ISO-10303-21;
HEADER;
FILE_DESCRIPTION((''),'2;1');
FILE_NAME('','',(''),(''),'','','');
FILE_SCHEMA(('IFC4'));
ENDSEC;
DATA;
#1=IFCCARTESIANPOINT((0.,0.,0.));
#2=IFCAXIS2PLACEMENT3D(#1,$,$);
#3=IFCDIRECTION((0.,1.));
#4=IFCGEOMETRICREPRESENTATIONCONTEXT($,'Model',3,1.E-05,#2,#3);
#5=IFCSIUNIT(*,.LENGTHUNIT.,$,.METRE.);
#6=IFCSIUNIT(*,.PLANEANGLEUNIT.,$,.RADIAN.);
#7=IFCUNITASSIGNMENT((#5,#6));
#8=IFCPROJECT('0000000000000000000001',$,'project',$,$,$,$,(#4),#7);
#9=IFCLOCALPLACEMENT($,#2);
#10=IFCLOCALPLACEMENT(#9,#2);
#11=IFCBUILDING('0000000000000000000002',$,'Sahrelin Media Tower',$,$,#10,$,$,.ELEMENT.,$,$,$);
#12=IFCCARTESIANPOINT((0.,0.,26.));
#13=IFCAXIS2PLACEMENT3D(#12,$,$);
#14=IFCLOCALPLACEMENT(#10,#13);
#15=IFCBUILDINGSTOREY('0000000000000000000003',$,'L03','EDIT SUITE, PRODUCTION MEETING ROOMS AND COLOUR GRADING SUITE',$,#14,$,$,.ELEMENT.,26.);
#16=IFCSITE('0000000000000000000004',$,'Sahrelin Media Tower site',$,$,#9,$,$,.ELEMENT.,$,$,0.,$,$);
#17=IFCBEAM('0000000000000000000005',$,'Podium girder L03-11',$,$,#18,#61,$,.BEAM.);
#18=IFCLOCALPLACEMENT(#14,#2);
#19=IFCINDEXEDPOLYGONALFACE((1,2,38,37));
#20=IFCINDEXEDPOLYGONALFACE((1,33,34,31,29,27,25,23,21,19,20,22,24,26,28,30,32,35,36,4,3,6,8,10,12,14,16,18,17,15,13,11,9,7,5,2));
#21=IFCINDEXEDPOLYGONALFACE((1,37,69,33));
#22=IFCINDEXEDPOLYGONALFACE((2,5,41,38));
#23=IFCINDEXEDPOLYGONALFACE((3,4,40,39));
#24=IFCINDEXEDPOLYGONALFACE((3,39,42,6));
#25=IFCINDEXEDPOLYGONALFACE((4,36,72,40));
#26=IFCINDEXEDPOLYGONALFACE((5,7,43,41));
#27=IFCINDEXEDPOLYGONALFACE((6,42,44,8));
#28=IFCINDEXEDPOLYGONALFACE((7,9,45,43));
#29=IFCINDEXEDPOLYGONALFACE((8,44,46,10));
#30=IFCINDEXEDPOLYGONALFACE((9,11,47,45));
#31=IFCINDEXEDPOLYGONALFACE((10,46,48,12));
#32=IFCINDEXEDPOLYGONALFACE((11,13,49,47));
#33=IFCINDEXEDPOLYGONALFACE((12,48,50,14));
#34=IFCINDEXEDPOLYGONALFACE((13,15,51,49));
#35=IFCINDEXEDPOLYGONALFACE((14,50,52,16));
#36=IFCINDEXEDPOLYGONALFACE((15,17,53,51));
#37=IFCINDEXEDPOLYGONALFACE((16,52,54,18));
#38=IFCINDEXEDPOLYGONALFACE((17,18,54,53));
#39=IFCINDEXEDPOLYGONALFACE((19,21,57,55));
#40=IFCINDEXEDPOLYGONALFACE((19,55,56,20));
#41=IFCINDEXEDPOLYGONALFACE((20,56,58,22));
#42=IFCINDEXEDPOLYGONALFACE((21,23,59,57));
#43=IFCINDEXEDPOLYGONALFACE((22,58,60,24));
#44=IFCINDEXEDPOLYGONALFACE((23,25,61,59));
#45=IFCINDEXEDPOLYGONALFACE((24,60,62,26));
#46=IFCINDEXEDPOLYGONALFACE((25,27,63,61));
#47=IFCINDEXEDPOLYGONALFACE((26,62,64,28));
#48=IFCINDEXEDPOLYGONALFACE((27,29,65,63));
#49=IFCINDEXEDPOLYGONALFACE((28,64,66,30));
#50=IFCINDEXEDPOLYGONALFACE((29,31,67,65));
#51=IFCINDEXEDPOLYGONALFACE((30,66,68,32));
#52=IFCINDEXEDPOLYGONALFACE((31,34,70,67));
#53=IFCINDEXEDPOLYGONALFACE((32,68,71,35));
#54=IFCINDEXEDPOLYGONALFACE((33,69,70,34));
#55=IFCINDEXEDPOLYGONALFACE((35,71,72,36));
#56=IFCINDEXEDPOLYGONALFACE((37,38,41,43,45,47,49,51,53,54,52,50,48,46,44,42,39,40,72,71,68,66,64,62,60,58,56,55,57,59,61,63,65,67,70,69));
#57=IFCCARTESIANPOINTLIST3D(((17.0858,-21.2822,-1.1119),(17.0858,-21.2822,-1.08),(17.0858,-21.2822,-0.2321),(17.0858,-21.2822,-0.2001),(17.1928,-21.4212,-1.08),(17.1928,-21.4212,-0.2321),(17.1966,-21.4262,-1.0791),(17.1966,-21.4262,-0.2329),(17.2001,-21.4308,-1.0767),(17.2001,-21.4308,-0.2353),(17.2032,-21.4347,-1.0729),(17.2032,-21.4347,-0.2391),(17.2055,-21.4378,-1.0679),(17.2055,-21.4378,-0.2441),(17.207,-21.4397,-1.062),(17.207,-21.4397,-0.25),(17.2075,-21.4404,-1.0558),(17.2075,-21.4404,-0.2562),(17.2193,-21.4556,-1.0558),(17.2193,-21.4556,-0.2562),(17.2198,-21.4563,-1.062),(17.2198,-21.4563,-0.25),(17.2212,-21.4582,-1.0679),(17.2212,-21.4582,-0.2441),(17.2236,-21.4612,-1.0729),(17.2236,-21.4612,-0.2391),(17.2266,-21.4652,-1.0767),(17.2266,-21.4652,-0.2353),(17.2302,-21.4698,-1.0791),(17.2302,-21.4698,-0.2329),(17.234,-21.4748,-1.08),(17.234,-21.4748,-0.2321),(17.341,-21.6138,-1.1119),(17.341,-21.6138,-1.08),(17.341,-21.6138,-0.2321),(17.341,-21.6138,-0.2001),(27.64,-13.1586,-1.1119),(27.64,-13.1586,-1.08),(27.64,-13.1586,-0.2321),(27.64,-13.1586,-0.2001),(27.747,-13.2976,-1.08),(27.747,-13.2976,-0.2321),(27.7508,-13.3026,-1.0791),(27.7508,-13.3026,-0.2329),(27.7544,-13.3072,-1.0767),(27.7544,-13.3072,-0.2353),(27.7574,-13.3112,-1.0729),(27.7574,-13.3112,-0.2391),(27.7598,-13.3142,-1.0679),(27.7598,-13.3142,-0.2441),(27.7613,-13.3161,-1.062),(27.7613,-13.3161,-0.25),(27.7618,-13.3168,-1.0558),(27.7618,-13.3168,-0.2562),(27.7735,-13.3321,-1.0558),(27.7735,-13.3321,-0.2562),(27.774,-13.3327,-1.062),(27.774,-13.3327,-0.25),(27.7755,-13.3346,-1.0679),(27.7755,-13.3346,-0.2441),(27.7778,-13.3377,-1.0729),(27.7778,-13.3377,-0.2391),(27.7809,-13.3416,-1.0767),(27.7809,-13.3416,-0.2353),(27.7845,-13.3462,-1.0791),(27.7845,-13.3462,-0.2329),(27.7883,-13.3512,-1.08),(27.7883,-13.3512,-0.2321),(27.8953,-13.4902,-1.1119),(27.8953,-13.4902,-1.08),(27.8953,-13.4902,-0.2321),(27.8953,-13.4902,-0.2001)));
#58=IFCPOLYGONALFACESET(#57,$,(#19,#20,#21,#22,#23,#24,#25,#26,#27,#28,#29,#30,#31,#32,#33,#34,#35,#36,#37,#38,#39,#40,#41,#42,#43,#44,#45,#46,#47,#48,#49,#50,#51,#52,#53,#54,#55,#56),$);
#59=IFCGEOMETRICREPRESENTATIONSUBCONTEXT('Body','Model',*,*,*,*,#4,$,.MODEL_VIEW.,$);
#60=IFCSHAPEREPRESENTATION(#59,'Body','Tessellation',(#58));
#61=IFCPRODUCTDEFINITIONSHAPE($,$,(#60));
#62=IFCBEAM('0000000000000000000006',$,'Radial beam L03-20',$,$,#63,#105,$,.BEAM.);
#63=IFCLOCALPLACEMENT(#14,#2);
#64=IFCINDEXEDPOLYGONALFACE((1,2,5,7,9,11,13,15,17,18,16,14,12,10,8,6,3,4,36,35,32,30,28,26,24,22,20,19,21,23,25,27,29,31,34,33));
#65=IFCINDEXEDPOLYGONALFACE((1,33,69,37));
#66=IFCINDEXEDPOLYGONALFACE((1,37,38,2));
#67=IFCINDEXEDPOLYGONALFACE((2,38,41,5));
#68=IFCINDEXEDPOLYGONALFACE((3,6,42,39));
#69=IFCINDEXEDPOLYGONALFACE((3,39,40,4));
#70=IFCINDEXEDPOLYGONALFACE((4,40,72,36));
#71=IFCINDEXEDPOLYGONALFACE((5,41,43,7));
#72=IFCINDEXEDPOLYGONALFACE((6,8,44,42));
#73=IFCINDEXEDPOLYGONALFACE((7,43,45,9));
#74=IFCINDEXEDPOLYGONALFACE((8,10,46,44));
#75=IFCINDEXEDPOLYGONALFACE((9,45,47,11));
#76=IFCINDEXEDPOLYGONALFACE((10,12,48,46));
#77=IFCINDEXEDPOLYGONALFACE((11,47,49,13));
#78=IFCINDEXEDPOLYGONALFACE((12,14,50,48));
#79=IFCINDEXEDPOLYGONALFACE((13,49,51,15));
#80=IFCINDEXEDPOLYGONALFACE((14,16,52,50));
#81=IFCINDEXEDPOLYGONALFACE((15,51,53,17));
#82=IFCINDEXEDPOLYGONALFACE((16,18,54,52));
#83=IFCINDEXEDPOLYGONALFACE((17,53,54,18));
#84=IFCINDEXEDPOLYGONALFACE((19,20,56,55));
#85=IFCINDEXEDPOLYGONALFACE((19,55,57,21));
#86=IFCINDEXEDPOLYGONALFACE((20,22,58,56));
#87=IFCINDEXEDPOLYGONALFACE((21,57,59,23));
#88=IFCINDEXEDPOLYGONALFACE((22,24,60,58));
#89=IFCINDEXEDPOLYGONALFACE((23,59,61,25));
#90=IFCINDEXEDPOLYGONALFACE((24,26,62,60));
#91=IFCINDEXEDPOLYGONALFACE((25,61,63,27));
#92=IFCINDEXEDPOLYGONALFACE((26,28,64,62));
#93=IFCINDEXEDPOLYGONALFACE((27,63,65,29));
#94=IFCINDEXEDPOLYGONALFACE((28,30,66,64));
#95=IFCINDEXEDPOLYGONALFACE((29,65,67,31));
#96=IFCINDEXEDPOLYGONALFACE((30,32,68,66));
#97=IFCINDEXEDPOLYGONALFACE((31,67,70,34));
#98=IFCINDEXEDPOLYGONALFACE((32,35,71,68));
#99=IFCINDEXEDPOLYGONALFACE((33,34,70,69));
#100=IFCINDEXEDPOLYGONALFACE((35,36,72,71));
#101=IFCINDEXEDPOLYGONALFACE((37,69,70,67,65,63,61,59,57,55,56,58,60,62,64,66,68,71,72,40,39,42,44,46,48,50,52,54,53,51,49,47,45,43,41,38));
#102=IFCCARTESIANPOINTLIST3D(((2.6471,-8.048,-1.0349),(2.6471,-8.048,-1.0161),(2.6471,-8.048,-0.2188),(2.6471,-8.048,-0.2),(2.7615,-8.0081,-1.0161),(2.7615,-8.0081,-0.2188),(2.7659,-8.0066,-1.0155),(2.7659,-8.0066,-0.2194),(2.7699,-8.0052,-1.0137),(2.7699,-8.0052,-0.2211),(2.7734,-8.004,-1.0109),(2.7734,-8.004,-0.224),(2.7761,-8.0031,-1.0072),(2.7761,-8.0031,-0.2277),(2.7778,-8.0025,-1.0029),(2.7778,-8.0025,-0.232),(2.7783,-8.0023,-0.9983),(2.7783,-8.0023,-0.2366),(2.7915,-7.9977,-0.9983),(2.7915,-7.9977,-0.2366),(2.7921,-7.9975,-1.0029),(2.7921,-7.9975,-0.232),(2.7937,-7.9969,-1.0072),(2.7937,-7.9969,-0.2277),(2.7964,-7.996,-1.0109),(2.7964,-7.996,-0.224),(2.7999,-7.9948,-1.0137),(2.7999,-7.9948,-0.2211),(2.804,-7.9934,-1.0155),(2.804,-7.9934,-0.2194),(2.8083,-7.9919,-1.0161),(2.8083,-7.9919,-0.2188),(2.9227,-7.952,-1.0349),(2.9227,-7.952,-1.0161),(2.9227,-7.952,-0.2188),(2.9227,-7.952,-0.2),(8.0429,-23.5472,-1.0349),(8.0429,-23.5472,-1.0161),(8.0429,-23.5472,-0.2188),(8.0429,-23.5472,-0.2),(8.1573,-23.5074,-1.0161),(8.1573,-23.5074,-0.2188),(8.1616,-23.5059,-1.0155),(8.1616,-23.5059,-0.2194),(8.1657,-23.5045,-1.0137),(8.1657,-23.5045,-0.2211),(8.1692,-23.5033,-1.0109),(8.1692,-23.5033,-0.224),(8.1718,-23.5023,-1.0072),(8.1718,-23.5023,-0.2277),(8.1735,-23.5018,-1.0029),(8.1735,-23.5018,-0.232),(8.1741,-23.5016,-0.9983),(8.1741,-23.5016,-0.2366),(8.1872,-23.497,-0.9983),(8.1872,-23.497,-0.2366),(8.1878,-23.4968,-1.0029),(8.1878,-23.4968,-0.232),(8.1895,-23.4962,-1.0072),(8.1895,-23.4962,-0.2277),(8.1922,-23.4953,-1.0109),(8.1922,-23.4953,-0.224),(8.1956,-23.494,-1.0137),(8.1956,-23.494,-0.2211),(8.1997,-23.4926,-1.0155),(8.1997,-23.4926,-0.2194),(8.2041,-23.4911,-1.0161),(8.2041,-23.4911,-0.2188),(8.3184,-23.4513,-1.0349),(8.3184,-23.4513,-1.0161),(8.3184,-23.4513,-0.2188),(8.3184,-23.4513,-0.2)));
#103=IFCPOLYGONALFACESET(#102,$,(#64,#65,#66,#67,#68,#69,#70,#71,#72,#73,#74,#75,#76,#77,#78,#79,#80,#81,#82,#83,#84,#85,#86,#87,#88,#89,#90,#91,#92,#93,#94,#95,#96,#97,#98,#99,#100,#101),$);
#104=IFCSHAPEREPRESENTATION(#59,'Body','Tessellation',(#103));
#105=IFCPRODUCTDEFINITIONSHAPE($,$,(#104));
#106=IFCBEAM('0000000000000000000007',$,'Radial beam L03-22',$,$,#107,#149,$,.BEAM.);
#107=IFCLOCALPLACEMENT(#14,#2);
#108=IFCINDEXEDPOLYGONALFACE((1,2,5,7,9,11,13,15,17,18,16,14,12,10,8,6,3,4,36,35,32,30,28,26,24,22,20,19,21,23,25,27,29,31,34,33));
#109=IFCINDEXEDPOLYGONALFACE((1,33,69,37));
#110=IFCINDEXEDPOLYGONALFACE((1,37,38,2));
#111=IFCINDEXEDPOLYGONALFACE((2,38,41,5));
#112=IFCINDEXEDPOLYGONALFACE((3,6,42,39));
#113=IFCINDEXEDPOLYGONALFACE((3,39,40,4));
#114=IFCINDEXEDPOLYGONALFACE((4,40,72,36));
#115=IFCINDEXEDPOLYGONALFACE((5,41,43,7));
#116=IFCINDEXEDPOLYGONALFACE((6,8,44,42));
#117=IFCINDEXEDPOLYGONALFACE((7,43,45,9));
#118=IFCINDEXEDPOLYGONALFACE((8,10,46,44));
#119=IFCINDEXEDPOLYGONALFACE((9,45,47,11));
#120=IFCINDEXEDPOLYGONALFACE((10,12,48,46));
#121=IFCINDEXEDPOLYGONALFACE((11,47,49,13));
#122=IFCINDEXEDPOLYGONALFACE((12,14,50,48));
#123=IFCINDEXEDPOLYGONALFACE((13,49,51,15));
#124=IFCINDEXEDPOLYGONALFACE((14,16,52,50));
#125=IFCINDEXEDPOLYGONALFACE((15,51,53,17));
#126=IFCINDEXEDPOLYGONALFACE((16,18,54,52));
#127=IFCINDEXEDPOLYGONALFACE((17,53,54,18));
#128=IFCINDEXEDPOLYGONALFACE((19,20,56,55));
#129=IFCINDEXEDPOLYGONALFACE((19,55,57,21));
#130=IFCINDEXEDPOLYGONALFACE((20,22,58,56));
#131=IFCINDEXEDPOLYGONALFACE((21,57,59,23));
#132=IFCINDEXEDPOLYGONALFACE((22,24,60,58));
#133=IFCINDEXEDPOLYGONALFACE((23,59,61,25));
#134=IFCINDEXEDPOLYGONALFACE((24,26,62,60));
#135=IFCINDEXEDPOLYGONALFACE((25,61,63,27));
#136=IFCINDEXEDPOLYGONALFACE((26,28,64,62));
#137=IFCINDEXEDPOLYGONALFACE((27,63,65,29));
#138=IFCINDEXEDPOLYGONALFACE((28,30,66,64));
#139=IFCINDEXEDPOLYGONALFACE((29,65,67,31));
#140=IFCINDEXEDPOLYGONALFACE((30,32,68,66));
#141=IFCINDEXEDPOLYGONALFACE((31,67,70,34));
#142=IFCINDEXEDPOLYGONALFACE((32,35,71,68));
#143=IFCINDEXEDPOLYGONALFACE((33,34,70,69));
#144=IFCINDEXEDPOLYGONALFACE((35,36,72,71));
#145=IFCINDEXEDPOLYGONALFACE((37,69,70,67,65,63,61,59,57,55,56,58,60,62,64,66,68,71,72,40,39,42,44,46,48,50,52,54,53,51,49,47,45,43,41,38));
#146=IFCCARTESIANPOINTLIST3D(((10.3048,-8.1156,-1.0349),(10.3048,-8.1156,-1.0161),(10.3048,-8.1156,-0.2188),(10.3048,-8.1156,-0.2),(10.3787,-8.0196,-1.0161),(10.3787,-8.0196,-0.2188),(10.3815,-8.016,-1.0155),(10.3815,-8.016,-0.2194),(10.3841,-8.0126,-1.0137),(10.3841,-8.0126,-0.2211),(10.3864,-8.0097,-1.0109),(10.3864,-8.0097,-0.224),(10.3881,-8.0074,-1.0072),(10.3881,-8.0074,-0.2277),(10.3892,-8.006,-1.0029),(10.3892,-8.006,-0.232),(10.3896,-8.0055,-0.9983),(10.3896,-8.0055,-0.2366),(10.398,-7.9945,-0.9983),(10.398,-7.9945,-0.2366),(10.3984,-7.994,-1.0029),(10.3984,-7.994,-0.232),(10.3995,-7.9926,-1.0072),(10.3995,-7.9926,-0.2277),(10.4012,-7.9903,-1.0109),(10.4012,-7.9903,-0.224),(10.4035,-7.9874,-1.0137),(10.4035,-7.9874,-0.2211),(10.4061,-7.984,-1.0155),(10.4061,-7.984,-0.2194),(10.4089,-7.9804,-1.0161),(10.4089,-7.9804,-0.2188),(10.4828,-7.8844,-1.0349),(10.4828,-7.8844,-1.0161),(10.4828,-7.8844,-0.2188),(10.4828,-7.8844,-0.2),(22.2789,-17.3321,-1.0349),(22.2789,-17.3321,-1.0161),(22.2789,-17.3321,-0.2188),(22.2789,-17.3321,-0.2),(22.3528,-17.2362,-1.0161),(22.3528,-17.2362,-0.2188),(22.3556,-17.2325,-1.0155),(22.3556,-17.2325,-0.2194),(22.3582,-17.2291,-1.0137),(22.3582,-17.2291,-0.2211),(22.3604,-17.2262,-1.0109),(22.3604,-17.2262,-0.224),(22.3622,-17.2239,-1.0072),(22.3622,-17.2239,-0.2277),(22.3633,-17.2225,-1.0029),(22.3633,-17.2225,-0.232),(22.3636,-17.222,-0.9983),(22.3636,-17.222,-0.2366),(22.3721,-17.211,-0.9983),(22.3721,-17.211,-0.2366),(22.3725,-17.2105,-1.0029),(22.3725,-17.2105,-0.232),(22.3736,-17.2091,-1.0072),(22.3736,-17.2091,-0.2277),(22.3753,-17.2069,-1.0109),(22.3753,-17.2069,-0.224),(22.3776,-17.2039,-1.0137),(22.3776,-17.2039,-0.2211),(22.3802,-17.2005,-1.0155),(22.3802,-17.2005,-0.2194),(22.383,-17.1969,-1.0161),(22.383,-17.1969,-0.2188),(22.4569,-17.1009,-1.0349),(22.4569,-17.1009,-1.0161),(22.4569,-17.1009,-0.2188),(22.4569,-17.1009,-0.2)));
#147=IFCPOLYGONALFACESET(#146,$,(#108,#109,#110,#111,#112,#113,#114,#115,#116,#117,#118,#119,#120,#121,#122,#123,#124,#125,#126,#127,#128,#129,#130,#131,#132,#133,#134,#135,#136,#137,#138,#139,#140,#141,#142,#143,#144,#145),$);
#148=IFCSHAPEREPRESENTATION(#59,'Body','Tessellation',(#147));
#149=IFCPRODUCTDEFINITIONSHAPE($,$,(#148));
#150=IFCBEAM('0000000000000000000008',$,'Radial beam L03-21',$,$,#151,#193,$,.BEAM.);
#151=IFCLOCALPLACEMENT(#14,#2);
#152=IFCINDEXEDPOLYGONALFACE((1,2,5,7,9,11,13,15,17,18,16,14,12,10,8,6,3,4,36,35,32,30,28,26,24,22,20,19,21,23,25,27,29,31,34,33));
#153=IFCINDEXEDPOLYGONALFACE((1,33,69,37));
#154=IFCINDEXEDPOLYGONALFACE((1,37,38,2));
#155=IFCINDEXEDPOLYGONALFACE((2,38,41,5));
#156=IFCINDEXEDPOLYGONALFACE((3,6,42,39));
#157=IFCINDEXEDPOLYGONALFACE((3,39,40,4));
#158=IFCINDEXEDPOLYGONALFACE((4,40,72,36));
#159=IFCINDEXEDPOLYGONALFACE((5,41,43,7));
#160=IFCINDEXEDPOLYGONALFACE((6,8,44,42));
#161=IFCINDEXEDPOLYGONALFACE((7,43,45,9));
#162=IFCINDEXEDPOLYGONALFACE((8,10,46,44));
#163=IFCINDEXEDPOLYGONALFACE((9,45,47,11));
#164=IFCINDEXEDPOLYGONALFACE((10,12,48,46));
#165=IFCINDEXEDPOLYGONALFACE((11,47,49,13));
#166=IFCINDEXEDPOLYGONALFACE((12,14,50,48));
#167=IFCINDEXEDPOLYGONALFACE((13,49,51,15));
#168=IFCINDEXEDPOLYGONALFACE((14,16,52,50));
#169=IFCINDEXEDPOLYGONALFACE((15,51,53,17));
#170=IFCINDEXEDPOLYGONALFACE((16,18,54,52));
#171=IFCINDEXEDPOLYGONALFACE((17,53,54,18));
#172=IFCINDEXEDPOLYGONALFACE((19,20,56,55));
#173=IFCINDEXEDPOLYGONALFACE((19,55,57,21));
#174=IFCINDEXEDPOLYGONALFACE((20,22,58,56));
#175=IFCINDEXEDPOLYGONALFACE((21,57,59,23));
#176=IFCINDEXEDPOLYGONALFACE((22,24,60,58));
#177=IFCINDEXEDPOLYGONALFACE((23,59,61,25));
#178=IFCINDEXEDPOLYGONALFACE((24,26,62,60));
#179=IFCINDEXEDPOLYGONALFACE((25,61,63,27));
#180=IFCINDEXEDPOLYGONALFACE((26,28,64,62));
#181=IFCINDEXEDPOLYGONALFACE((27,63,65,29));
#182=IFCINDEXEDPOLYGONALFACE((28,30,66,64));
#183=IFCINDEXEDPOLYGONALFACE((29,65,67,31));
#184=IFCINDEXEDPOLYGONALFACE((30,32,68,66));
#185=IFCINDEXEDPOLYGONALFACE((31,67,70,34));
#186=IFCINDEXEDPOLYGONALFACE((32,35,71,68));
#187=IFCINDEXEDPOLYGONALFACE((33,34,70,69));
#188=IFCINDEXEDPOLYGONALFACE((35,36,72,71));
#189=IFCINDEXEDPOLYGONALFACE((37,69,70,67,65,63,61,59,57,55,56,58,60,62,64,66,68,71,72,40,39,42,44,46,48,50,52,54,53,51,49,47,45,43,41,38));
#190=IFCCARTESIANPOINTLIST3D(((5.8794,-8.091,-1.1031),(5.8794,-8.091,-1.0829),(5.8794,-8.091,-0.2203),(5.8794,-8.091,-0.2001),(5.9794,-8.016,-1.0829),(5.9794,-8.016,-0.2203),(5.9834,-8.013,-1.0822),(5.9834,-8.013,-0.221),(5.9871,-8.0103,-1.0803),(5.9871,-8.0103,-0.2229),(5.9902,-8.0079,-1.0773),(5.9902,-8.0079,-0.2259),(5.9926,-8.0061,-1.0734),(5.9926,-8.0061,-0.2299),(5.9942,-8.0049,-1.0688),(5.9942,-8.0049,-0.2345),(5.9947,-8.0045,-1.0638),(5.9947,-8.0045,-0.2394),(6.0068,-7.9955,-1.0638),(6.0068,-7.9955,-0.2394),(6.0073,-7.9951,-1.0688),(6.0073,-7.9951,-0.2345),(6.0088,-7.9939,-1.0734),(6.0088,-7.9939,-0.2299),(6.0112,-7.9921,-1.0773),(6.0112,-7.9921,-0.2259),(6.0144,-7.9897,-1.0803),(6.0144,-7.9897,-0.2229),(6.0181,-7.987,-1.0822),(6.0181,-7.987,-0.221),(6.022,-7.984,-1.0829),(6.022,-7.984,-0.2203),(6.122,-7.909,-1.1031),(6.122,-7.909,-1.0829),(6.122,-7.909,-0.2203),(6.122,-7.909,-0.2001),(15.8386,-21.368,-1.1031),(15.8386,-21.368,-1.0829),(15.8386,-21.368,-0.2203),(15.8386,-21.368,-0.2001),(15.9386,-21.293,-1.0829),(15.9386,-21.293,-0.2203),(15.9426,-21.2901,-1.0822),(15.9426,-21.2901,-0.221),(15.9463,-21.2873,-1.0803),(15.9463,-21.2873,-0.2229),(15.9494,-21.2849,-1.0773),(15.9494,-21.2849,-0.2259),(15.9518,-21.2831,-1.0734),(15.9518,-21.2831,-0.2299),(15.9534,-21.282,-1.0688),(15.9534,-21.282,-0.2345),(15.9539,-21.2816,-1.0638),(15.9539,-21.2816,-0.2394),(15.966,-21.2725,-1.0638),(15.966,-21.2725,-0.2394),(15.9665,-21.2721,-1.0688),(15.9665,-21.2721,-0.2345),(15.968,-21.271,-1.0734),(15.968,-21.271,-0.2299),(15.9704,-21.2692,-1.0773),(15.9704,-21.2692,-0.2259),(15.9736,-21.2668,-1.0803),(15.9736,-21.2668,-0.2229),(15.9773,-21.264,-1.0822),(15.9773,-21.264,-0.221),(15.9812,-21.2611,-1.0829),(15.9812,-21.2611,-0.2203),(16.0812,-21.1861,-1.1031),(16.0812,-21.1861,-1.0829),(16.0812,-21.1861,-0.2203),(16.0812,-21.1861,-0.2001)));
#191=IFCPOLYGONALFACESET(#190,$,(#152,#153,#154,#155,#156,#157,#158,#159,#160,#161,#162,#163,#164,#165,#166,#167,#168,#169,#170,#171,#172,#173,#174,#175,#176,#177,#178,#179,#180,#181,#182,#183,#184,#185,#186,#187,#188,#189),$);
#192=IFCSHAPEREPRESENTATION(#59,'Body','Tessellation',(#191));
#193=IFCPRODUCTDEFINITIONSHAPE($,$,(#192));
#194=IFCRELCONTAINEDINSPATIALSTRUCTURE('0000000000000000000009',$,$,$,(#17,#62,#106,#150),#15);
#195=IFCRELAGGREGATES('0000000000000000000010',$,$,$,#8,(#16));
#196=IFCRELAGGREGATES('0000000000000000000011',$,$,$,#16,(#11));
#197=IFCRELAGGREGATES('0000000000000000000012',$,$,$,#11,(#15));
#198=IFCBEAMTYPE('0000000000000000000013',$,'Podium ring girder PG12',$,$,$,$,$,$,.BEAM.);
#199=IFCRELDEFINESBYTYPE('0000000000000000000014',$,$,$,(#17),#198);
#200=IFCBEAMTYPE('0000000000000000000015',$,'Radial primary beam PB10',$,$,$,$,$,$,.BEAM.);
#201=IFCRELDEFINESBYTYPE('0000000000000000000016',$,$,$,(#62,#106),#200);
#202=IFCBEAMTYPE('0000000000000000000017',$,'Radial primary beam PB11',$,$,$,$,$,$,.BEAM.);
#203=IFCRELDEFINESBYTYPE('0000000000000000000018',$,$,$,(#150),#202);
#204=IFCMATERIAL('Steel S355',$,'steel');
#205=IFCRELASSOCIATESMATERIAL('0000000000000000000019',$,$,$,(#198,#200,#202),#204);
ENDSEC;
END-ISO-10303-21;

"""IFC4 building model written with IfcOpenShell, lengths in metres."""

from ifc_helpers import new_model, si_unit, direction, frame, origin, origin_2d, place, context, subcontext, project, spatial, i_section, extrude, material, material_profile, profile_set, type_object, element, save


model = new_model("IFC4")

# Units and contexts
model_context = context("Model", 3, precision=1e-05, world=origin(), true_north=direction((0.0, 1.0)))
body_context = subcontext(model_context, "Body", "Model", "MODEL_VIEW")
ifc_project = project(units=[si_unit("LENGTHUNIT", "METRE"), si_unit("PLANEANGLEUNIT", "RADIAN")], contexts=[model_context])

# Site, building, storey
site_placement = place(None, origin())
site = spatial("IfcSite", under=ifc_project, at=site_placement, Name="Sahrelin Media Tower site", CompositionType="ELEMENT", RefElevation=0.0)
building_placement = place(site_placement, origin())
building = spatial("IfcBuilding", under=site, at=building_placement, Name="Sahrelin Media Tower", CompositionType="ELEMENT")
storey_placement = place(building_placement, frame((0.0, 0.0, 26.0)))
storey = spatial("IfcBuildingStorey", under=building, at=storey_placement, Name="L03", Description="EDIT SUITE, PRODUCTION MEETING ROOMS AND COLOUR GRADING SUITE", CompositionType="ELEMENT", Elevation=26.0)

# Beams
ifc_material_1 = material(Name="Steel S355", Category="steel")
ifc_material_profile_1 = material_profile(ifc_material_1, i_section(OverallWidth=0.4185, OverallDepth=0.9119, WebThickness=0.0193, FlangeThickness=0.032, FilletRadius=0.0242, at=origin_2d()), Name="UB 914x419x343")
ifc_profile_set_1 = profile_set([ifc_material_profile_1], Name="Steel S355")
beam_type_1 = type_object("IfcBeamType", Name="Podium ring girder PG12", PredefinedType="BEAM", material=ifc_profile_set_1)
beam_1_placement = place(storey_placement, frame((17.2134, -21.448, -0.656), z_axis=(0.792445, 0.609943, 0.0), x_axis=(-0.609943, 0.792445, 0.0)))
element("IfcBeam", 1, at=beam_1_placement, inside=storey, type_object=beam_type_1, Name="Podium girder L03-11", PredefinedType="BEAM", context=body_context, shape_type="SweptSolid", body=[
    extrude(i_section(OverallWidth=0.4185, OverallDepth=0.9119, WebThickness=0.0193, FlangeThickness=0.032, FilletRadius=0.0242, at=origin_2d()), origin(), (0.0, 0.0, 1.0), 13.3186),
])
ifc_material_profile_2 = material_profile(ifc_material_1, i_section(OverallWidth=0.2917, OverallDepth=0.835, WebThickness=0.0139, FlangeThickness=0.0188, FilletRadius=0.0178, at=origin_2d()), Name="UB 838x292x176")
ifc_profile_set_2 = profile_set([ifc_material_profile_2], Name="Steel S355")
beam_type_2 = type_object("IfcBeamType", Name="Radial primary beam PB10", PredefinedType="BEAM", material=ifc_profile_set_2)
beam_2_placement = place(storey_placement, frame((2.7849, -8.0, -0.6174), z_axis=(0.328776, -0.944408, 0.0), x_axis=(0.944408, 0.328776, 0.0)))
element("IfcBeam", 2, at=beam_2_placement, inside=storey, type_object=beam_type_2, Name="Radial beam L03-20", PredefinedType="BEAM", context=body_context, shape_type="SweptSolid", body=[
    extrude(i_section(OverallWidth=0.2917, OverallDepth=0.835, WebThickness=0.0139, FlangeThickness=0.0188, FilletRadius=0.0178, at=origin_2d()), origin(), (0.0, 0.0, 1.0), 16.4116),
])
beam_3_placement = place(storey_placement, frame((10.3938, -8.0, -0.6174), z_axis=(0.792442, -0.609947, 0.0), x_axis=(0.609947, 0.792442, 0.0)))
element("IfcBeam", 3, at=beam_3_placement, inside=storey, type_object=beam_type_2, Name="Radial beam L03-22", PredefinedType="BEAM", context=body_context, shape_type="SweptSolid", body=[
    extrude(i_section(OverallWidth=0.2917, OverallDepth=0.835, WebThickness=0.0139, FlangeThickness=0.0188, FilletRadius=0.0178, at=origin_2d()), origin(), (0.0, 0.0, 1.0), 15.1104),
])
ifc_material_profile_3 = material_profile(ifc_material_1, i_section(OverallWidth=0.3032, OverallDepth=0.9031, WebThickness=0.0151, FlangeThickness=0.0203, FilletRadius=0.019, at=origin_2d()), Name="UB 914x305x201")
ifc_profile_set_3 = profile_set([ifc_material_profile_3], Name="Steel S355")
beam_type_3 = type_object("IfcBeamType", Name="Radial primary beam PB11", PredefinedType="BEAM", material=ifc_profile_set_3)
beam_4_placement = place(storey_placement, frame((6.0007, -8.0, -0.6516), z_axis=(0.600054, -0.799959, 0.0), x_axis=(0.799959, 0.600054, 0.0)))
element("IfcBeam", 4, at=beam_4_placement, inside=storey, type_object=beam_type_3, Name="Radial beam L03-21", PredefinedType="BEAM", context=body_context, shape_type="SweptSolid", body=[
    extrude(i_section(OverallWidth=0.3032, OverallDepth=0.9031, WebThickness=0.0151, FlangeThickness=0.0203, FilletRadius=0.019, at=origin_2d()), origin(), (0.0, 0.0, 1.0), 16.5972),
])

save(model, "model.ifc")
